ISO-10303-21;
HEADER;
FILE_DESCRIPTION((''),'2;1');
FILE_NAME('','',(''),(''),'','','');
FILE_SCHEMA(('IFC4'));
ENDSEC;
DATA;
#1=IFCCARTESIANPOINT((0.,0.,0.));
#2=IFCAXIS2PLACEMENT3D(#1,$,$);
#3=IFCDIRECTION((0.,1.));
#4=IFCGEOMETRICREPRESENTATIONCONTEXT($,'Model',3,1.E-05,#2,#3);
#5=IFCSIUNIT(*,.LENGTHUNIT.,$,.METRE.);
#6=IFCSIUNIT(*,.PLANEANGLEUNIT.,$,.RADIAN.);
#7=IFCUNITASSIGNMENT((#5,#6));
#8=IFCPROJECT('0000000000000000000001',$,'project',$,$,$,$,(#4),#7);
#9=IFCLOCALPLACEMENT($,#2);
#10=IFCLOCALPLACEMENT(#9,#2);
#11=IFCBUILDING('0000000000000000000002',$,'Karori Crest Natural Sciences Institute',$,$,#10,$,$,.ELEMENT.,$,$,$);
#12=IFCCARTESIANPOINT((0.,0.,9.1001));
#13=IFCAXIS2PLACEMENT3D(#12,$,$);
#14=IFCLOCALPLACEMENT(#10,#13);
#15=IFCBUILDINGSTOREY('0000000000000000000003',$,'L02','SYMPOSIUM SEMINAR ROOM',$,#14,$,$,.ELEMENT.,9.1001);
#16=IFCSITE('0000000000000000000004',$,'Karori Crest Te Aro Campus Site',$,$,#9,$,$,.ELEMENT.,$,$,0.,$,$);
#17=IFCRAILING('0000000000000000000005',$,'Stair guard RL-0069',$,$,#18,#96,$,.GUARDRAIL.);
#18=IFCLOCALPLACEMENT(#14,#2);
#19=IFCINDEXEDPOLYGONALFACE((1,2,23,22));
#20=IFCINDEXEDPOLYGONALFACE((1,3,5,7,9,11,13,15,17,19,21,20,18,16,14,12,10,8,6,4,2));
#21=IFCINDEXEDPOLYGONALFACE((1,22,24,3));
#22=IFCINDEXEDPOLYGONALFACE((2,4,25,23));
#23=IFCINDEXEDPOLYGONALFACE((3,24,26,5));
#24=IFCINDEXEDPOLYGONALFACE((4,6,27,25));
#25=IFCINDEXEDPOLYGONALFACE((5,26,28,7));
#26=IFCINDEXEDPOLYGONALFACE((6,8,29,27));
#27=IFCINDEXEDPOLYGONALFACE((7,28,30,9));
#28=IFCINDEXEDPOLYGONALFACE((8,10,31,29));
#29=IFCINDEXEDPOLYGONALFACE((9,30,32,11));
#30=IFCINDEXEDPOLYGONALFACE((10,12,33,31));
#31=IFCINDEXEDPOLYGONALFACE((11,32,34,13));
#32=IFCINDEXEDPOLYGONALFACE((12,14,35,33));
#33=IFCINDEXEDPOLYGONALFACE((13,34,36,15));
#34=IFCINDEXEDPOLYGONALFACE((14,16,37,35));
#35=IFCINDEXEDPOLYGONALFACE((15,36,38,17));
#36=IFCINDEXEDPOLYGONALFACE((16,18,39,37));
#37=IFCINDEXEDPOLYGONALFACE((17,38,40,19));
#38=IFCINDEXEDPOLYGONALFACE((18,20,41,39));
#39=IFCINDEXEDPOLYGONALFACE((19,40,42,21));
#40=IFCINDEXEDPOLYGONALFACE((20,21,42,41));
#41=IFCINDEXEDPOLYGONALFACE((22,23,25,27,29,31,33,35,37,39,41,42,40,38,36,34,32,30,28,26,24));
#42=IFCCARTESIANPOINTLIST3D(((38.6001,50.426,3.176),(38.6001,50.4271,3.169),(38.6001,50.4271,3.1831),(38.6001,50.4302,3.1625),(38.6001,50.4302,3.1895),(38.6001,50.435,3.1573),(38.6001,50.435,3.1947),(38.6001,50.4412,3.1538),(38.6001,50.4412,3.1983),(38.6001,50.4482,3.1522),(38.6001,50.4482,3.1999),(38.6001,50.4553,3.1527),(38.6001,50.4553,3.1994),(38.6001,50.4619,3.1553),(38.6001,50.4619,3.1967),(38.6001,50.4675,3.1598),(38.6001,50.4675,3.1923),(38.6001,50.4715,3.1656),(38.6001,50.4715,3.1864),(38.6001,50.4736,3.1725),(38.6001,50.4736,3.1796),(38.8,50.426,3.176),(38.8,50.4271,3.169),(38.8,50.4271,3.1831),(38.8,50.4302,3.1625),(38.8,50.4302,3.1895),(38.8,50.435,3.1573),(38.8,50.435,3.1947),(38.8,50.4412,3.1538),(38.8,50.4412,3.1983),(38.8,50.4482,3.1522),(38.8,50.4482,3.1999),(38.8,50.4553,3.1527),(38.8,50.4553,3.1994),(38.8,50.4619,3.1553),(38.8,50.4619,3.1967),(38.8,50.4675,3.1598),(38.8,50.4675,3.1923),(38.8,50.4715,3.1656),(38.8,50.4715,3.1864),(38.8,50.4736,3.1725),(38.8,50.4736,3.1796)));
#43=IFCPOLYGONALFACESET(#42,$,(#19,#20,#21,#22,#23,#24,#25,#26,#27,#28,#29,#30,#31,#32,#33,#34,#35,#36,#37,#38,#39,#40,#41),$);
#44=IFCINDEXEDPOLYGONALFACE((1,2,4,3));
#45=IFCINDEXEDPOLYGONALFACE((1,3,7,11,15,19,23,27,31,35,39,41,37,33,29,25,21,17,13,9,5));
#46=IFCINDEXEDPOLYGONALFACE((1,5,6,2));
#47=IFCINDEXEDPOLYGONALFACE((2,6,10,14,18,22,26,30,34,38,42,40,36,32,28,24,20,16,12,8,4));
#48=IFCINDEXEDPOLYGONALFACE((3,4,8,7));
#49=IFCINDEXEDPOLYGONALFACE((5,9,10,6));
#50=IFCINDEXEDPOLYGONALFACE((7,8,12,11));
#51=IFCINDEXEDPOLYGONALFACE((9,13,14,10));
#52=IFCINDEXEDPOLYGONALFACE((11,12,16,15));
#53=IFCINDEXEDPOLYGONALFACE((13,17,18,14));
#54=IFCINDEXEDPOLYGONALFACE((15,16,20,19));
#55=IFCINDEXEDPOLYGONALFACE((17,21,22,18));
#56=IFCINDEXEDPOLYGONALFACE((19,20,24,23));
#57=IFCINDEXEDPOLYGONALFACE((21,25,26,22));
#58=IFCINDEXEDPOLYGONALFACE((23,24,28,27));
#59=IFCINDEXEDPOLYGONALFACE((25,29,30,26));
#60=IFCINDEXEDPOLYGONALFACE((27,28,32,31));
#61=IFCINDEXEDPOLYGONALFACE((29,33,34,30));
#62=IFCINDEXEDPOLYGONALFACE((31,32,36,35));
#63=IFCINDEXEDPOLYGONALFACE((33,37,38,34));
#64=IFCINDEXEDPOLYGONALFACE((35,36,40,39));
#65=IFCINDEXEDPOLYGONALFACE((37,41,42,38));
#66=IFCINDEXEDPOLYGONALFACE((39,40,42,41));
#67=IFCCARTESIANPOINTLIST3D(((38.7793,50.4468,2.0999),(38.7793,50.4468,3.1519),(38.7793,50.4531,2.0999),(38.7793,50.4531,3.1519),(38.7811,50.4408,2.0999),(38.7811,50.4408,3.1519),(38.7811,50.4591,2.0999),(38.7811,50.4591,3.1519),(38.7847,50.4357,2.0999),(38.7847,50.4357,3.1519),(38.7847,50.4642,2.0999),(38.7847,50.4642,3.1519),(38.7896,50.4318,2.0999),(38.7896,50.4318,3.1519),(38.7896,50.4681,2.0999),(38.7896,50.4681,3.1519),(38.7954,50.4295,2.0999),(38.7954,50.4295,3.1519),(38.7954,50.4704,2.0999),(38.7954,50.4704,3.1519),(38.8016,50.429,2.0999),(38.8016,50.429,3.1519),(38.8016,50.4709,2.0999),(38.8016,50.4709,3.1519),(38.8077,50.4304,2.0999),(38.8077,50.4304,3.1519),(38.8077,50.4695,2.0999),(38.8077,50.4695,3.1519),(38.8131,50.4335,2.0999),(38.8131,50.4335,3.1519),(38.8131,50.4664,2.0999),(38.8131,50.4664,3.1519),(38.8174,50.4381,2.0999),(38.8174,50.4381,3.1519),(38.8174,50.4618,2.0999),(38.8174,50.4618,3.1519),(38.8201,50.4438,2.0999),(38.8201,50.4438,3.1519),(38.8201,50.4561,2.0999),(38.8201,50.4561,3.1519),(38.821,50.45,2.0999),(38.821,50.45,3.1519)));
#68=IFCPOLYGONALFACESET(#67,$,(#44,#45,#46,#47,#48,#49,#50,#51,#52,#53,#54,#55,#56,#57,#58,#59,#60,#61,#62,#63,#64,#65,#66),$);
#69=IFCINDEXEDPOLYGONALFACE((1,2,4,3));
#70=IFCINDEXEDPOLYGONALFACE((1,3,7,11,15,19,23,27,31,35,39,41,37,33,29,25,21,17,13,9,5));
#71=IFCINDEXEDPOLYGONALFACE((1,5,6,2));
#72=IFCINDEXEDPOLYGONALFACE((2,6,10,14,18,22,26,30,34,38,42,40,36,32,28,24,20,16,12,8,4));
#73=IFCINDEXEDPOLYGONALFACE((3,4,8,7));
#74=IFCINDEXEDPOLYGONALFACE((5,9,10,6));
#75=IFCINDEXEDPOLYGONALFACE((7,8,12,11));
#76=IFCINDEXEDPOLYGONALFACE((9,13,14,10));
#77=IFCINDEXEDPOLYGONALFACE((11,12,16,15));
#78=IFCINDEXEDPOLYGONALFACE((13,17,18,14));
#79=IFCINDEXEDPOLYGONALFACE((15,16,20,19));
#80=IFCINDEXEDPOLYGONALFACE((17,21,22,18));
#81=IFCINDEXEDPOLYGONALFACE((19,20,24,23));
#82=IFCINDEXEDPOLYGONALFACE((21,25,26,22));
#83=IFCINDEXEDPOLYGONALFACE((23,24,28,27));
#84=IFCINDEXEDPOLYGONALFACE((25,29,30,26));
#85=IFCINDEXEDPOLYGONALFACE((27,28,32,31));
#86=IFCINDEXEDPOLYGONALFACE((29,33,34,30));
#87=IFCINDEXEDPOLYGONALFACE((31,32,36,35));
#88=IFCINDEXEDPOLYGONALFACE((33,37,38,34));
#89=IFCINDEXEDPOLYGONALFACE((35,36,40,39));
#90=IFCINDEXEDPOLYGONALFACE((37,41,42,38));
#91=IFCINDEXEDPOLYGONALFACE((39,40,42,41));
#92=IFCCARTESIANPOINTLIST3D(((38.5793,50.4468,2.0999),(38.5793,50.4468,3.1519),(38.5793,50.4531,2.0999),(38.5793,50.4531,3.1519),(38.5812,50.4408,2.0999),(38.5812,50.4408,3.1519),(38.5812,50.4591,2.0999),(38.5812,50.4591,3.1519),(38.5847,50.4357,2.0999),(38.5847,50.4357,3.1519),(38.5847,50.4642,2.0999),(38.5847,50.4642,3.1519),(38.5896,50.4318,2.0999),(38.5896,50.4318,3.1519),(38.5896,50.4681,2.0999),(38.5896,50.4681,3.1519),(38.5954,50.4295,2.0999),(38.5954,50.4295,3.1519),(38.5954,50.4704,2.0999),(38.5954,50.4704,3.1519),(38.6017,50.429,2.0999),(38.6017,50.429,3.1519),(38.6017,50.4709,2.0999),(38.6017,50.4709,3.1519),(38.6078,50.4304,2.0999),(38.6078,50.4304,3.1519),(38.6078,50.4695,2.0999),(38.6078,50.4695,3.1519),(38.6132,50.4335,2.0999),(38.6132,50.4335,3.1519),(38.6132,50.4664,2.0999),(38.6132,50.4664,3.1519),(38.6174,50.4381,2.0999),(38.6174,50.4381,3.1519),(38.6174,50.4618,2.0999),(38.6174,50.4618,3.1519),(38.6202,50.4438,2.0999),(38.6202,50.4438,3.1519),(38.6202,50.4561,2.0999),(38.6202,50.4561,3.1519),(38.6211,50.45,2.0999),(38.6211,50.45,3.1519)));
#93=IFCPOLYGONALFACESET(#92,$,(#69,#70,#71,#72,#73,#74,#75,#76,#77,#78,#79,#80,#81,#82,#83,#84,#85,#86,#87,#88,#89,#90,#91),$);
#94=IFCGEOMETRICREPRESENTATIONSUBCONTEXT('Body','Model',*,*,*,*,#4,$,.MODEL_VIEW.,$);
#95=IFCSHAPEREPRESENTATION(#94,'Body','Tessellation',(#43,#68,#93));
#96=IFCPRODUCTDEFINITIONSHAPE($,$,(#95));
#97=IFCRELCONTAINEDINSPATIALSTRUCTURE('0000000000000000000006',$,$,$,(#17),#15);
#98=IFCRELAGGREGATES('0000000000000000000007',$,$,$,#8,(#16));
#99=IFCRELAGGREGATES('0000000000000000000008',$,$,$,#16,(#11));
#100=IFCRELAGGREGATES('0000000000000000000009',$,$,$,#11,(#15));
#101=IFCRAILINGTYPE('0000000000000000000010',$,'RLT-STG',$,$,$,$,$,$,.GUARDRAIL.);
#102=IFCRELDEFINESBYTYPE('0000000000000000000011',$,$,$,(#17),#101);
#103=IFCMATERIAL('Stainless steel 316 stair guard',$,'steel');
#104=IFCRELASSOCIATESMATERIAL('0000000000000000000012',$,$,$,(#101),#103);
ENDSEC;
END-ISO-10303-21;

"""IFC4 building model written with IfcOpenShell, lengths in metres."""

from ifc_helpers import new_model, si_unit, direction, frame, origin, origin_2d, place, context, subcontext, project, spatial, circle, extrude, material, type_object, element, save


model = new_model("IFC4")

# Units and contexts
model_context = context("Model", 3, precision=1e-05, world=origin(), true_north=direction((0.0, 1.0)))
body_context = subcontext(model_context, "Body", "Model", "MODEL_VIEW")
ifc_project = project(units=[si_unit("LENGTHUNIT", "METRE"), si_unit("PLANEANGLEUNIT", "RADIAN")], contexts=[model_context])

# Site, building, storey
site_placement = place(None, origin())
site = spatial("IfcSite", under=ifc_project, at=site_placement, Name="Karori Crest Te Aro Campus Site", CompositionType="ELEMENT", RefElevation=0.0)
building_placement = place(site_placement, origin())
building = spatial("IfcBuilding", under=site, at=building_placement, Name="Karori Crest Natural Sciences Institute", CompositionType="ELEMENT")
storey_placement = place(building_placement, frame((0.0, 0.0, 9.1001)))
storey = spatial("IfcBuildingStorey", under=building, at=storey_placement, Name="L02", Description="SYMPOSIUM SEMINAR ROOM", CompositionType="ELEMENT", Elevation=9.1001)

# Railing
ifc_material_1 = material(Name="Stainless steel 316 stair guard", Category="steel")
railing_type_1 = type_object("IfcRailingType", Name="RLT-STG", PredefinedType="GUARDRAIL", material=ifc_material_1)
railing_1_placement = place(storey_placement, frame((38.8, 50.45, 2.0999)))
element("IfcRailing", 1, at=railing_1_placement, inside=storey, type_object=railing_type_1, Name="Stair guard RL-0069", PredefinedType="GUARDRAIL", context=body_context, shape_type="SweptSolid", body=[
    extrude(circle(Radius=0.0239, at=origin_2d()), frame((0.0, 0.0, 1.0762), z_axis=(-1.0, 0.0, 0.0), x_axis=(0.0, -1.0, 0.0)), (0.0, 0.0, 1.0), 0.2),
    extrude(circle(Radius=0.021, at=origin_2d()), origin(), (0.0, 0.0, 1.0), 1.052),
    extrude(circle(Radius=0.021, at=origin_2d()), frame((-0.2, 0.0, 0.0)), (0.0, 0.0, 1.0), 1.052),
])

save(model, "model.ifc")
